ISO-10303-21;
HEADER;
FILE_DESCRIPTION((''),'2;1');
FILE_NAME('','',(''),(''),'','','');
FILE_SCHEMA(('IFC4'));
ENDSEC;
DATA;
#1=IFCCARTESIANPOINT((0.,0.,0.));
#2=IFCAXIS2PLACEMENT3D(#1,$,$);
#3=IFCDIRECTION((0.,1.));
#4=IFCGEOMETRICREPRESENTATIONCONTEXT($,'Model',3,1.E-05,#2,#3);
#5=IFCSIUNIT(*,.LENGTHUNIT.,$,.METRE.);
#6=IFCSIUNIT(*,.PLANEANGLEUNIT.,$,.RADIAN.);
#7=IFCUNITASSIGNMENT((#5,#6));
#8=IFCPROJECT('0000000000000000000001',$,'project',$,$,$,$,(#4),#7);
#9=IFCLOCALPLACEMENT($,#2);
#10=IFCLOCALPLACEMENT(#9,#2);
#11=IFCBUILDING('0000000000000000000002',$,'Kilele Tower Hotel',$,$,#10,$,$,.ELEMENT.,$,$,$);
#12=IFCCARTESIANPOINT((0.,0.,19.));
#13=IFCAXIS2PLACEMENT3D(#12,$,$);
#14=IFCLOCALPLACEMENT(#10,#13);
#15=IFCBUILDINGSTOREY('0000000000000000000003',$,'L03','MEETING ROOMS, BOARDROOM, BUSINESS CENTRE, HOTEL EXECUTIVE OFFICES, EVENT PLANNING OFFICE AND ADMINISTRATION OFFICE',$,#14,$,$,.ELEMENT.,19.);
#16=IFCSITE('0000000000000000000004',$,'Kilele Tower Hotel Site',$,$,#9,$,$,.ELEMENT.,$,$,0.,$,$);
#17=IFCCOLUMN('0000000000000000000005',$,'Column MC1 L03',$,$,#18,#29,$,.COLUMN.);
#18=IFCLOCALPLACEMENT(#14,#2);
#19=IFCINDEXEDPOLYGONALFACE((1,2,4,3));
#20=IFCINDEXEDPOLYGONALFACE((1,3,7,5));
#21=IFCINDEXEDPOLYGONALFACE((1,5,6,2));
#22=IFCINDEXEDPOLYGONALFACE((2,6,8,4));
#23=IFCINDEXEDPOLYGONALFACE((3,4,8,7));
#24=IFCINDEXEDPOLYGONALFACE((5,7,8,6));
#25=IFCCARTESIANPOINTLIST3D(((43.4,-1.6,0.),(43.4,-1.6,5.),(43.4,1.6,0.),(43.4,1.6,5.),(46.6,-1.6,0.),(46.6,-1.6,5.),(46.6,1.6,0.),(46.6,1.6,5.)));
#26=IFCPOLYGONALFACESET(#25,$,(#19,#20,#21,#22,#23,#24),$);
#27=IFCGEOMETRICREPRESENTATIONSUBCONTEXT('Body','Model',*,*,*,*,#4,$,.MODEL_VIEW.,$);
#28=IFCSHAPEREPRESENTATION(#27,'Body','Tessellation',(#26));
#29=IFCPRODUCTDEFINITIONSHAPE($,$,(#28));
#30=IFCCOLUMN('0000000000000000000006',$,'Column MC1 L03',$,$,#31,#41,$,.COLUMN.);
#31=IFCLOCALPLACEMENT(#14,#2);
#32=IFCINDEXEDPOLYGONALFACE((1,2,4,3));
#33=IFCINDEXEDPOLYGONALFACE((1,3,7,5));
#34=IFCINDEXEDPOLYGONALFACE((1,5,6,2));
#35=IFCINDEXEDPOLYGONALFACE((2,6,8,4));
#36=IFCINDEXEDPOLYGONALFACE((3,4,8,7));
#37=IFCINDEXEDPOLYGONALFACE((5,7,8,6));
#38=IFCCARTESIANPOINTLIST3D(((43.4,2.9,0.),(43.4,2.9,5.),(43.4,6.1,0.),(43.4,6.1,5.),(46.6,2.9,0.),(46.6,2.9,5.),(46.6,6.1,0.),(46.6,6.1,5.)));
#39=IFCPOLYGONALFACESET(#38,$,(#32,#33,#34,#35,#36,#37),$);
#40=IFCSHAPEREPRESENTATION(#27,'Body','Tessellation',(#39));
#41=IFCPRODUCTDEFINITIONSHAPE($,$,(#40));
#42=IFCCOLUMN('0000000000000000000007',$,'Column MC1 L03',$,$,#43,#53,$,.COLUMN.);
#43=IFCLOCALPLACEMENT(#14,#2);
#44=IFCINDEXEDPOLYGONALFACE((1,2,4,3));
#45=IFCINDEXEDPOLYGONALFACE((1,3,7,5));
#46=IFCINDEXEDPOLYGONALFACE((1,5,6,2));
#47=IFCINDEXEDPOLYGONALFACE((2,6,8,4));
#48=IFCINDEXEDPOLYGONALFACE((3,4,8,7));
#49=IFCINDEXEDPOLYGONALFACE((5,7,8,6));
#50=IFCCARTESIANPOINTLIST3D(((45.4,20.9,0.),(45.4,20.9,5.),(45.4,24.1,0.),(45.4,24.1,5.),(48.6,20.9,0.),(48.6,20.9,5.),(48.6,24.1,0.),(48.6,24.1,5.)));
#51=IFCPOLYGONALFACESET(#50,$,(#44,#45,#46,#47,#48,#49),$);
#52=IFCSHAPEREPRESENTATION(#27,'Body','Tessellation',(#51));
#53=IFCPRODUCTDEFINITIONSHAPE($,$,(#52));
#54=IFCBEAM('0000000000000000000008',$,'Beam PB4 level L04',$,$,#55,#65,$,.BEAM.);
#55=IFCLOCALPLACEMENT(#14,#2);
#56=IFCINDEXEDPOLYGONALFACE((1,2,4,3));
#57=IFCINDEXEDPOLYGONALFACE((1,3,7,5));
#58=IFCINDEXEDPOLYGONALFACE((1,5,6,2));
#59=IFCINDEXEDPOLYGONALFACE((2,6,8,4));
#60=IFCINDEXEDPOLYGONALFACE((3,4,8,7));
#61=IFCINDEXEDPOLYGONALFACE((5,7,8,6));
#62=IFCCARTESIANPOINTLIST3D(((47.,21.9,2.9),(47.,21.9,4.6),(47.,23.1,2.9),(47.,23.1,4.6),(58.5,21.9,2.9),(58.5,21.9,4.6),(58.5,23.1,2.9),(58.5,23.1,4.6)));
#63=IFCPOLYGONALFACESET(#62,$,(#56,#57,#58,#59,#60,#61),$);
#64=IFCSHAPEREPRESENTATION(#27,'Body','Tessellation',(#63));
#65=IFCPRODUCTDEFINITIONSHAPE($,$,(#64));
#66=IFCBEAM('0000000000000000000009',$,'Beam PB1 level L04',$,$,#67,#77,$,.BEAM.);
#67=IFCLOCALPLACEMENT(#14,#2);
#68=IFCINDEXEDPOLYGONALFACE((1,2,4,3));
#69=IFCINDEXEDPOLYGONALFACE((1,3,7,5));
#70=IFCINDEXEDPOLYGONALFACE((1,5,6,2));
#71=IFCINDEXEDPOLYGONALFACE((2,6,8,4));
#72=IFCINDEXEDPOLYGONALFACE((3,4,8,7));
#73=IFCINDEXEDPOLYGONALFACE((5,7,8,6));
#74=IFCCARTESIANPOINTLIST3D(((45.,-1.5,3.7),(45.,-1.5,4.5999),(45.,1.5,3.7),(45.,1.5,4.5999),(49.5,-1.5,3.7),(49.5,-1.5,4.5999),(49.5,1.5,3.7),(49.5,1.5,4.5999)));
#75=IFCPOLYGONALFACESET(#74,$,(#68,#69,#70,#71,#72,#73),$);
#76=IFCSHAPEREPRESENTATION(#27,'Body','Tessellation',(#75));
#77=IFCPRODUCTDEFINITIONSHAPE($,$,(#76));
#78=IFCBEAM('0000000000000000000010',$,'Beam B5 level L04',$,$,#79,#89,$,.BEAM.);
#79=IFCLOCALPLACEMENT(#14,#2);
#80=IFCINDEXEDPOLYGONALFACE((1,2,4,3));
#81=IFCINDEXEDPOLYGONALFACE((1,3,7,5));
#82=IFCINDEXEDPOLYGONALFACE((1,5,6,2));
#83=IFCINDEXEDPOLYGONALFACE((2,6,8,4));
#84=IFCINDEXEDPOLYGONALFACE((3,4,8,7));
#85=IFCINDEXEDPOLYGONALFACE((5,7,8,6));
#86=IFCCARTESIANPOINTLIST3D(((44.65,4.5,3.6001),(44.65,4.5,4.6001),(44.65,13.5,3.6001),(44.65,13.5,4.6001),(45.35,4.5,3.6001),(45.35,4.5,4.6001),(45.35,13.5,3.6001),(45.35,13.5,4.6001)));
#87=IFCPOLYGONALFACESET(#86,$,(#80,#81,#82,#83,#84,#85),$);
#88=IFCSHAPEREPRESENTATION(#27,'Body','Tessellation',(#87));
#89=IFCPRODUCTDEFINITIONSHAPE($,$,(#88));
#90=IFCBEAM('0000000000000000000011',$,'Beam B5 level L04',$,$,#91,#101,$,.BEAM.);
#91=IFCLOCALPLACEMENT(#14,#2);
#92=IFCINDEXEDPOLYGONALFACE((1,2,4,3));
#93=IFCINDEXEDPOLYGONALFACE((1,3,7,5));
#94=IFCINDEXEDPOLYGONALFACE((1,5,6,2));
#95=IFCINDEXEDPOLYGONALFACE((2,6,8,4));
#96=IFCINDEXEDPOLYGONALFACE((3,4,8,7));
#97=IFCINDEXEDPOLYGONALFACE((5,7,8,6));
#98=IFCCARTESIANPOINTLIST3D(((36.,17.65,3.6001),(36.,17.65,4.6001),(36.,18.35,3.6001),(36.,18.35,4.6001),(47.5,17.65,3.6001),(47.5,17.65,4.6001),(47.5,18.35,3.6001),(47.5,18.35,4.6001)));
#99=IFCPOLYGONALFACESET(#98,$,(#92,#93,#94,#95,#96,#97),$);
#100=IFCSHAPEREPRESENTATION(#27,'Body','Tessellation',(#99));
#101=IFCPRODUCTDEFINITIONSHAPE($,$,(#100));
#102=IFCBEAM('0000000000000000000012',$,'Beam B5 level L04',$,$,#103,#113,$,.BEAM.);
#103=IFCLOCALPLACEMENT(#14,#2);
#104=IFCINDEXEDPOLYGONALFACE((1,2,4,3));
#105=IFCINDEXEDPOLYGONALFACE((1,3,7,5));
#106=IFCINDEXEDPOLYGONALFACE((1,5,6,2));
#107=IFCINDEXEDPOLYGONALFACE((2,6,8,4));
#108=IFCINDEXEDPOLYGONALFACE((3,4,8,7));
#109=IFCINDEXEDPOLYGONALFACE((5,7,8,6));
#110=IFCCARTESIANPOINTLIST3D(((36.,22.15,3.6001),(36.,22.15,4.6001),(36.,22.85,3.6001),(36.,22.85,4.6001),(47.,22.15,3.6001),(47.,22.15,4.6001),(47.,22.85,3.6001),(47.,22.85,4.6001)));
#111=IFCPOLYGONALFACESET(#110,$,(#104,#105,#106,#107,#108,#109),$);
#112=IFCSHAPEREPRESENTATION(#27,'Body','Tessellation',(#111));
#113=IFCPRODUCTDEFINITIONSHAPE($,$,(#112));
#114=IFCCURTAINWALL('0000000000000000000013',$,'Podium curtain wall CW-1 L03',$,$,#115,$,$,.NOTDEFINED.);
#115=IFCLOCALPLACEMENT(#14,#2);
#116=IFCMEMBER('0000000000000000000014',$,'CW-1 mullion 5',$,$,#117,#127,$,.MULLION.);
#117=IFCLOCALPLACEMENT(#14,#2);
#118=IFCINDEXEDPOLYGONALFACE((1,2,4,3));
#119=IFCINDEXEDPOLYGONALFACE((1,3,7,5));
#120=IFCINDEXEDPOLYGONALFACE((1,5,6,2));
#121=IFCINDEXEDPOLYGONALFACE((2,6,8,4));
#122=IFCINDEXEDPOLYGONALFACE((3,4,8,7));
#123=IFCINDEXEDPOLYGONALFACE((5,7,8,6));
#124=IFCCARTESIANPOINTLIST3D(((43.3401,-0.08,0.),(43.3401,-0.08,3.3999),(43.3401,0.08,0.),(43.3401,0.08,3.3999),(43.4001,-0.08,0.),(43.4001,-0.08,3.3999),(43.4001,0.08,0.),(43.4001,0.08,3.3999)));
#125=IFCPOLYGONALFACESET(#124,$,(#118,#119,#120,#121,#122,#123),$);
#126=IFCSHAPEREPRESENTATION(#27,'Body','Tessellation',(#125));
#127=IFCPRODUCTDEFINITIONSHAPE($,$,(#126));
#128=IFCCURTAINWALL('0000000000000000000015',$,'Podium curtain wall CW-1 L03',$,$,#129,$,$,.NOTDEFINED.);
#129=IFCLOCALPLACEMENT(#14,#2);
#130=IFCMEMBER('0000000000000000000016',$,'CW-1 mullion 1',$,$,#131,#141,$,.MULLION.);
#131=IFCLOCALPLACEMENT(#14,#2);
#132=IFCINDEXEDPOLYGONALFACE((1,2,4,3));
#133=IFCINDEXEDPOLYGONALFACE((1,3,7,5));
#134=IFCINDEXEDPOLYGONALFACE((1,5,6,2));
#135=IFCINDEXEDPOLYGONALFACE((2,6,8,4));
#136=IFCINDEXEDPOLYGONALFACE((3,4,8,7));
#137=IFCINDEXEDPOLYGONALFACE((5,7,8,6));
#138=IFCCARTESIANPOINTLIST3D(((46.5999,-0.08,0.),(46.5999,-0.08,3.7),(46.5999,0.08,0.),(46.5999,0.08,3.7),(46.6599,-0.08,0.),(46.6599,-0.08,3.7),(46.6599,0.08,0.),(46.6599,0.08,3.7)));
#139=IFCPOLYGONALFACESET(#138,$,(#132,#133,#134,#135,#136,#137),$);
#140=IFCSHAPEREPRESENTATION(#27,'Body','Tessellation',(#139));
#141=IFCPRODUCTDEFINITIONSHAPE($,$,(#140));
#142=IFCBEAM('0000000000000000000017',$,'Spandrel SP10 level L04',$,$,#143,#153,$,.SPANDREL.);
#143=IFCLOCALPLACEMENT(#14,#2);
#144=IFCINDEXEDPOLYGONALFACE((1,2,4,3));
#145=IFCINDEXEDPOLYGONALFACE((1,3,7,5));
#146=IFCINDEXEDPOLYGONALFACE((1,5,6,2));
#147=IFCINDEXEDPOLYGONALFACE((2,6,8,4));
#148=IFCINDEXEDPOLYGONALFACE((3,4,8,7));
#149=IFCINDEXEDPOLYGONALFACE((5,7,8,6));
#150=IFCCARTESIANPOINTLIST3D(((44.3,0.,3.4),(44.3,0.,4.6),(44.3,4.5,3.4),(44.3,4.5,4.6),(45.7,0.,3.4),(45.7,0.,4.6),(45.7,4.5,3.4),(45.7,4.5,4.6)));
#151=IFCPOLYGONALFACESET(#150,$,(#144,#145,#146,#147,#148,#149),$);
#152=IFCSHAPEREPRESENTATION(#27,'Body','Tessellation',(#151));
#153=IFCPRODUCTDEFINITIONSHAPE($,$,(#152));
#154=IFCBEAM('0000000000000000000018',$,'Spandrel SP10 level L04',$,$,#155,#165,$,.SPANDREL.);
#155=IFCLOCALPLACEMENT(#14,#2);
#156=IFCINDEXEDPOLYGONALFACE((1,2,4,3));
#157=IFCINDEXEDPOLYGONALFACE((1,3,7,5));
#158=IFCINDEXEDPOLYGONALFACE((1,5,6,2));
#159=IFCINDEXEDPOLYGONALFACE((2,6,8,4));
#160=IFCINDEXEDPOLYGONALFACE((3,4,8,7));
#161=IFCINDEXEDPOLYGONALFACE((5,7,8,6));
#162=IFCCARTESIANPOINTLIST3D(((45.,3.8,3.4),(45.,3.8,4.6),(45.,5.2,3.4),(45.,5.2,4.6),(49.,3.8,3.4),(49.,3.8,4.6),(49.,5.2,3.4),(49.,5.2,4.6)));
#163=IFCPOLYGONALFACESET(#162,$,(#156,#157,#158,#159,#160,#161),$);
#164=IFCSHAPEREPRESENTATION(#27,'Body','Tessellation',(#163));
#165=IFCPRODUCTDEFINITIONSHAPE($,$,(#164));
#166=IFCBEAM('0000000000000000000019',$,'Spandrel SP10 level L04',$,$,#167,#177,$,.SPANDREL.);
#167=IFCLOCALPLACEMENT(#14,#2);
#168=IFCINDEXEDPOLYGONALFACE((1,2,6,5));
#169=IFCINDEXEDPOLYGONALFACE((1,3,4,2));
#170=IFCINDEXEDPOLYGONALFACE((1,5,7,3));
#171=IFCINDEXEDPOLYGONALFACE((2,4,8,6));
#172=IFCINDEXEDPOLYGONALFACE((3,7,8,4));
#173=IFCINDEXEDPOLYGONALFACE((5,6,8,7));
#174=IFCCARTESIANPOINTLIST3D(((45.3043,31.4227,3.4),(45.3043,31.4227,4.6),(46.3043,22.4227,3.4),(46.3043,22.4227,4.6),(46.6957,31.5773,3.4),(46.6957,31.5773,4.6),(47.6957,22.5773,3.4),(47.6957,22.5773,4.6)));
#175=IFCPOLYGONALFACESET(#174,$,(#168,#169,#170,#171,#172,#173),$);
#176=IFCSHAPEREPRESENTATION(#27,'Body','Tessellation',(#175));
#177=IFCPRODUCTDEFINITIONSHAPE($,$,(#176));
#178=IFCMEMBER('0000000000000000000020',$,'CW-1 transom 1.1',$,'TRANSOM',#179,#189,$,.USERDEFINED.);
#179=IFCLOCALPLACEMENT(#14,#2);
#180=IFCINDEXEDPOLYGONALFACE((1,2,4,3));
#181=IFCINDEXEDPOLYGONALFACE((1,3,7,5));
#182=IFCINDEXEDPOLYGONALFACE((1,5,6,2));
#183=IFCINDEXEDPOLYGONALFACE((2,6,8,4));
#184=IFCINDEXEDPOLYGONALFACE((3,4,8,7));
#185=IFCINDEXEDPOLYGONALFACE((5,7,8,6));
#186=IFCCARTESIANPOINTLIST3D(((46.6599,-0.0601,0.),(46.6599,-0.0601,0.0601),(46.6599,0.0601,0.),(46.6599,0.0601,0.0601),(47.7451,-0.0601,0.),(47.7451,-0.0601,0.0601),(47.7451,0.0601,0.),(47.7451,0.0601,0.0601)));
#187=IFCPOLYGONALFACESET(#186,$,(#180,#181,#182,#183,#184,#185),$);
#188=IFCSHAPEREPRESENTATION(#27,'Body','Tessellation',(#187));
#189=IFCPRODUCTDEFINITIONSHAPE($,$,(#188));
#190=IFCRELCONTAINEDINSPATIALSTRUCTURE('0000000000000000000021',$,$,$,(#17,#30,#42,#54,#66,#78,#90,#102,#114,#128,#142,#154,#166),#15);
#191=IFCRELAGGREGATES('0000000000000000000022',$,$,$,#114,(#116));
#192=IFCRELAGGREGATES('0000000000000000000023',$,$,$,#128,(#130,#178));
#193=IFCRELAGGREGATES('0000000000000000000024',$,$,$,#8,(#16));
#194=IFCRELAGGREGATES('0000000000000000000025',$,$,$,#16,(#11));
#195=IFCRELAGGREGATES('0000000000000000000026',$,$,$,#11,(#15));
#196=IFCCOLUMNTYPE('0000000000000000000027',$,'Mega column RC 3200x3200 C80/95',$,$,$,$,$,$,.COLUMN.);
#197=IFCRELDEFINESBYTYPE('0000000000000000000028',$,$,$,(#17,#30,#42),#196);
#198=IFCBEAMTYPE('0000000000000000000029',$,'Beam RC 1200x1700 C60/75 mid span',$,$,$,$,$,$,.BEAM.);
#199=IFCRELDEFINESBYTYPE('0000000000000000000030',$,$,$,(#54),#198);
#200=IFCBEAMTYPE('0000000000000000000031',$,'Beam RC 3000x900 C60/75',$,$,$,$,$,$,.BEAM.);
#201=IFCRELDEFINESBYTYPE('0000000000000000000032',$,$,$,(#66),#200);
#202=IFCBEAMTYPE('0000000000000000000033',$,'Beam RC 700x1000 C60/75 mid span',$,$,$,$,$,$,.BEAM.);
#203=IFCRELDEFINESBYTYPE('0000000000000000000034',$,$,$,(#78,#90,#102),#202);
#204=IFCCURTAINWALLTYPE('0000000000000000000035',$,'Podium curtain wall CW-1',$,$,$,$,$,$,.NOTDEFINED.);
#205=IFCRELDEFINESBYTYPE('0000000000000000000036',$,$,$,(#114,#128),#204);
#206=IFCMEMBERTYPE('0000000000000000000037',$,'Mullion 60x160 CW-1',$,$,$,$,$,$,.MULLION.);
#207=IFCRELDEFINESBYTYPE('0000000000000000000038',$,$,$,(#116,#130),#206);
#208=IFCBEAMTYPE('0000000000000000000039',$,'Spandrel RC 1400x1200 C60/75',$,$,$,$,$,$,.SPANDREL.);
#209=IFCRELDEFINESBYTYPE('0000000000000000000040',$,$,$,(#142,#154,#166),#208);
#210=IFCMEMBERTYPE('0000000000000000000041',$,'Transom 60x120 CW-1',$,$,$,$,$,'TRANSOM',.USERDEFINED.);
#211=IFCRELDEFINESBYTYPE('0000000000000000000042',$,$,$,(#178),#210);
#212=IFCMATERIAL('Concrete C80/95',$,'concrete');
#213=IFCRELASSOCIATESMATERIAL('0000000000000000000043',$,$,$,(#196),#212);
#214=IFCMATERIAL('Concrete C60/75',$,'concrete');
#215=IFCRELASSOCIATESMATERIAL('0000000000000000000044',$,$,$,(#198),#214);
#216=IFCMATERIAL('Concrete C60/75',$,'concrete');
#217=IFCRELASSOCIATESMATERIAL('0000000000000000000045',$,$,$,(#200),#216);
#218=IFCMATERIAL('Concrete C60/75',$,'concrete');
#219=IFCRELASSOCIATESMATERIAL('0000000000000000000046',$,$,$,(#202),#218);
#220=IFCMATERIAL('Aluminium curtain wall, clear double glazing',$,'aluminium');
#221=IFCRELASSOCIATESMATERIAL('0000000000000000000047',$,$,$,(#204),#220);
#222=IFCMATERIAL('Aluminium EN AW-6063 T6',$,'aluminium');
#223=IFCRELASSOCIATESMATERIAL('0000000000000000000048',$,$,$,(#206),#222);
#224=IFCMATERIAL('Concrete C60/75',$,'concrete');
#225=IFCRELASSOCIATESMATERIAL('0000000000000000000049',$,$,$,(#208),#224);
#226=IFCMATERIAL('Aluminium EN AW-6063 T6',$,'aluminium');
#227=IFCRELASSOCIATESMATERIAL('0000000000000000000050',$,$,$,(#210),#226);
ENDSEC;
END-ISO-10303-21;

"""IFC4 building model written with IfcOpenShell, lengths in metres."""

from ifc_helpers import new_model, si_unit, direction, frame, origin, origin_2d, place, context, subcontext, project, spatial, rectangle, extrude, material, material_profile, profile_set, type_object, element, aggregate, save


model = new_model("IFC4")

# Units and contexts
model_context = context("Model", 3, precision=1e-05, world=origin(), true_north=direction((0.0, 1.0)))
body_context = subcontext(model_context, "Body", "Model", "MODEL_VIEW")
ifc_project = project(units=[si_unit("LENGTHUNIT", "METRE"), si_unit("PLANEANGLEUNIT", "RADIAN")], contexts=[model_context])

# Site, building, storey
site_placement = place(None, origin())
site = spatial("IfcSite", under=ifc_project, at=site_placement, Name="Kilele Tower Hotel Site", CompositionType="ELEMENT", RefElevation=0.0)
building_placement = place(site_placement, origin())
building = spatial("IfcBuilding", under=site, at=building_placement, Name="Kilele Tower Hotel", CompositionType="ELEMENT")
storey_placement = place(building_placement, frame((0.0, 0.0, 19.0)))
storey = spatial("IfcBuildingStorey", under=building, at=storey_placement, Name="L03", Description="MEETING ROOMS, BOARDROOM, BUSINESS CENTRE, HOTEL EXECUTIVE OFFICES, EVENT PLANNING OFFICE AND ADMINISTRATION OFFICE", CompositionType="ELEMENT", Elevation=19.0)

# Columns
ifc_material_1 = material(Name="Concrete C80/95", Category="concrete")
ifc_material_profile_1 = material_profile(ifc_material_1, rectangle(XDim=3.2, YDim=3.2, at=origin_2d()))
ifc_profile_set_1 = profile_set([ifc_material_profile_1], Name="Concrete C80/95")
column_type = type_object("IfcColumnType", Name="Mega column RC 3200x3200 C80/95", PredefinedType="COLUMN", material=ifc_profile_set_1)
for number, where, z_axis, x_axis, name in (
    (1, (45.0, 0.0, 0.0), (0.0, 0.0, 1.0), (1.0, 0.0, 0.0), "Column MC1 L03"),
    (2, (45.0, 4.5, 0.0), (0.0, 0.0, 1.0), (1.0, 0.0, 0.0), "Column MC1 L03"),
    (3, (47.0, 22.5, 0.0), (0.0, 0.0, 1.0), (1.0, 0.0, 0.0), "Column MC1 L03"),
):
    element("IfcColumn", number, at=place(storey_placement, frame(where, z_axis=z_axis, x_axis=x_axis)), inside=storey, type_object=column_type, Name=name, PredefinedType="COLUMN", context=body_context, shape_type="SweptSolid", body=[
        extrude(rectangle(XDim=3.2, YDim=3.2, at=origin_2d()), origin(), (0.0, 0.0, 1.0), 5.0),
    ])

# Beams
ifc_material_2 = material(Name="Concrete C60/75", Category="concrete")
ifc_material_profile_2 = material_profile(ifc_material_2, rectangle(XDim=1.2, YDim=1.7, at=origin_2d()))
ifc_profile_set_2 = profile_set([ifc_material_profile_2], Name="Concrete C60/75")
beam_type_1 = type_object("IfcBeamType", Name="Beam RC 1200x1700 C60/75 mid span", PredefinedType="BEAM", material=ifc_profile_set_2)
beam_1_placement = place(storey_placement, frame((47.0, 22.5, 3.75), z_axis=(1.0, 0.0, 0.0), x_axis=(0.0, 1.0, 0.0)))
element("IfcBeam", 4, at=beam_1_placement, inside=storey, type_object=beam_type_1, Name="Beam PB4 level L04", PredefinedType="BEAM", context=body_context, shape_type="SweptSolid", body=[
    extrude(rectangle(XDim=1.2, YDim=1.7, at=origin_2d()), origin(), (0.0, 0.0, 1.0), 11.5),
])
ifc_material_3 = material(Name="Concrete C60/75", Category="concrete")
ifc_material_profile_3 = material_profile(ifc_material_3, rectangle(XDim=3.0, YDim=0.8999, at=origin_2d()))
ifc_profile_set_3 = profile_set([ifc_material_profile_3], Name="Concrete C60/75")
beam_type_2 = type_object("IfcBeamType", Name="Beam RC 3000x900 C60/75", PredefinedType="BEAM", material=ifc_profile_set_3)
beam_2_placement = place(storey_placement, frame((45.0, 0.0, 4.1499), z_axis=(1.0, 0.0, 0.0), x_axis=(0.0, 1.0, 0.0)))
element("IfcBeam", 5, at=beam_2_placement, inside=storey, type_object=beam_type_2, Name="Beam PB1 level L04", PredefinedType="BEAM", context=body_context, shape_type="SweptSolid", body=[
    extrude(rectangle(XDim=3.0, YDim=0.8999, at=origin_2d()), origin(), (0.0, 0.0, 1.0), 4.5),
])
ifc_material_4 = material(Name="Concrete C60/75", Category="concrete")
ifc_material_profile_4 = material_profile(ifc_material_4, rectangle(XDim=0.7, YDim=1.0, at=origin_2d()))
ifc_profile_set_4 = profile_set([ifc_material_profile_4], Name="Concrete C60/75")
beam_type_3 = type_object("IfcBeamType", Name="Beam RC 700x1000 C60/75 mid span", PredefinedType="BEAM", material=ifc_profile_set_4)
beam_3_placement = place(storey_placement, frame((45.0, 4.5, 4.1001), z_axis=(0.0, 1.0, 0.0), x_axis=(-1.0, 0.0, 0.0)))
element("IfcBeam", 6, at=beam_3_placement, inside=storey, type_object=beam_type_3, Name="Beam B5 level L04", PredefinedType="BEAM", context=body_context, shape_type="SweptSolid", body=[
    extrude(rectangle(XDim=0.7, YDim=1.0, at=origin_2d()), origin(), (0.0, 0.0, 1.0), 9.0),
])
beam_4_placement = place(storey_placement, frame((47.5, 18.0, 4.1001), z_axis=(-1.0, 0.0, 0.0), x_axis=(0.0, -1.0, 0.0)))
element("IfcBeam", 7, at=beam_4_placement, inside=storey, type_object=beam_type_3, Name="Beam B5 level L04", PredefinedType="BEAM", context=body_context, shape_type="SweptSolid", body=[
    extrude(rectangle(XDim=0.7, YDim=1.0, at=origin_2d()), origin(), (0.0, 0.0, 1.0), 11.5),
])
beam_5_placement = place(storey_placement, frame((47.0, 22.5, 4.1001), z_axis=(-1.0, 0.0, 0.0), x_axis=(0.0, -1.0, 0.0)))
element("IfcBeam", 8, at=beam_5_placement, inside=storey, type_object=beam_type_3, Name="Beam B5 level L04", PredefinedType="BEAM", context=body_context, shape_type="SweptSolid", body=[
    extrude(rectangle(XDim=0.7, YDim=1.0, at=origin_2d()), origin(), (0.0, 0.0, 1.0), 11.0),
])

# Curtain walls, members
ifc_material_5 = material(Name="Aluminium curtain wall, clear double glazing", Category="aluminium")
curtain_wall_type = type_object("IfcCurtainWallType", Name="Podium curtain wall CW-1", PredefinedType="NOTDEFINED", material=ifc_material_5)
curtain_wall_1_placement = place(storey_placement, origin())
curtain_wall_1 = element("IfcCurtainWall", 9, at=curtain_wall_1_placement, inside=storey, type_object=curtain_wall_type, Name="Podium curtain wall CW-1 L03", PredefinedType="NOTDEFINED")
ifc_material_6 = material(Name="Aluminium EN AW-6063 T6", Category="aluminium")
ifc_material_profile_5 = material_profile(ifc_material_6, rectangle(XDim=0.1599, YDim=0.0601, at=origin_2d()))
ifc_profile_set_5 = profile_set([ifc_material_profile_5], Name="Aluminium EN AW-6063 T6")
member_type_1 = type_object("IfcMemberType", Name="Mullion 60x160 CW-1", PredefinedType="MULLION", material=ifc_profile_set_5)
member_1_placement = place(storey_placement, frame((43.3701, 0.0, 0.0), z_axis=(0.0, 0.0, 1.0), x_axis=(0.0, 1.0, 0.0)))
member_1 = element("IfcMember", 10, at=member_1_placement, type_object=member_type_1, Name="CW-1 mullion 5", PredefinedType="MULLION", context=body_context, shape_type="SweptSolid", body=[
    extrude(rectangle(XDim=0.1599, YDim=0.0601, at=origin_2d()), origin(), (0.0, 0.0, 1.0), 3.3999),
])
curtain_wall_2_placement = place(storey_placement, origin())
curtain_wall_2 = element("IfcCurtainWall", 11, at=curtain_wall_2_placement, inside=storey, type_object=curtain_wall_type, Name="Podium curtain wall CW-1 L03", PredefinedType="NOTDEFINED")
member_2_placement = place(storey_placement, frame((46.6299, 0.0, 0.0), z_axis=(0.0, 0.0, 1.0), x_axis=(0.0, 1.0, 0.0)))
member_2 = element("IfcMember", 12, at=member_2_placement, type_object=member_type_1, Name="CW-1 mullion 1", PredefinedType="MULLION", context=body_context, shape_type="SweptSolid", body=[
    extrude(rectangle(XDim=0.1599, YDim=0.0601, at=origin_2d()), origin(), (0.0, 0.0, 1.0), 3.7),
])

# Beams
ifc_material_7 = material(Name="Concrete C60/75", Category="concrete")
ifc_material_profile_6 = material_profile(ifc_material_7, rectangle(XDim=1.3999, YDim=1.2, at=origin_2d()))
ifc_profile_set_6 = profile_set([ifc_material_profile_6], Name="Concrete C60/75")
beam_type_4 = type_object("IfcBeamType", Name="Spandrel RC 1400x1200 C60/75", PredefinedType="SPANDREL", material=ifc_profile_set_6)
beam_6_placement = place(storey_placement, frame((45.0, 0.0, 4.0), z_axis=(0.0, 1.0, 0.0), x_axis=(-1.0, 0.0, 0.0)))
element("IfcBeam", 13, at=beam_6_placement, inside=storey, type_object=beam_type_4, Name="Spandrel SP10 level L04", PredefinedType="SPANDREL", context=body_context, shape_type="SweptSolid", body=[
    extrude(rectangle(XDim=1.3999, YDim=1.2, at=origin_2d()), origin(), (0.0, 0.0, 1.0), 4.5),
])
beam_7_placement = place(storey_placement, frame((45.0, 4.5, 4.0), z_axis=(1.0, 0.0, 0.0), x_axis=(0.0, 1.0, 0.0)))
element("IfcBeam", 14, at=beam_7_placement, inside=storey, type_object=beam_type_4, Name="Spandrel SP10 level L04", PredefinedType="SPANDREL", context=body_context, shape_type="SweptSolid", body=[
    extrude(rectangle(XDim=1.3999, YDim=1.2, at=origin_2d()), origin(), (0.0, 0.0, 1.0), 4.0),
])
beam_8_placement = place(storey_placement, frame((47.0, 22.5, 4.0), z_axis=(-0.110432, 0.993884, 0.0), x_axis=(-0.993884, -0.110432, 0.0)))
element("IfcBeam", 15, at=beam_8_placement, inside=storey, type_object=beam_type_4, Name="Spandrel SP10 level L04", PredefinedType="SPANDREL", context=body_context, shape_type="SweptSolid", body=[
    extrude(rectangle(XDim=1.3999, YDim=1.2, at=origin_2d()), origin(), (0.0, 0.0, 1.0), 9.0554),
])

# Member
ifc_material_8 = material(Name="Aluminium EN AW-6063 T6", Category="aluminium")
ifc_material_profile_7 = material_profile(ifc_material_8, rectangle(XDim=0.1201, YDim=0.0601, at=origin_2d()))
ifc_profile_set_7 = profile_set([ifc_material_profile_7], Name="Aluminium EN AW-6063 T6")
member_type_2 = type_object("IfcMemberType", Name="Transom 60x120 CW-1", ElementType="TRANSOM", PredefinedType="USERDEFINED", material=ifc_profile_set_7)
member_3_placement = place(storey_placement, frame((46.6599, 0.0, 0.03), z_axis=(1.0, 0.0, 0.0), x_axis=(0.0, 1.0, 0.0)))
member_3 = element("IfcMember", 16, at=member_3_placement, type_object=member_type_2, Name="CW-1 transom 1.1", ObjectType="TRANSOM", PredefinedType="USERDEFINED", context=body_context, shape_type="SweptSolid", body=[
    extrude(rectangle(XDim=0.1201, YDim=0.0601, at=origin_2d()), origin(), (0.0, 0.0, 1.0), 1.0852),
])

aggregate(curtain_wall_1, [member_1])
aggregate(curtain_wall_2, [member_2, member_3])

save(model, "model.ifc")
